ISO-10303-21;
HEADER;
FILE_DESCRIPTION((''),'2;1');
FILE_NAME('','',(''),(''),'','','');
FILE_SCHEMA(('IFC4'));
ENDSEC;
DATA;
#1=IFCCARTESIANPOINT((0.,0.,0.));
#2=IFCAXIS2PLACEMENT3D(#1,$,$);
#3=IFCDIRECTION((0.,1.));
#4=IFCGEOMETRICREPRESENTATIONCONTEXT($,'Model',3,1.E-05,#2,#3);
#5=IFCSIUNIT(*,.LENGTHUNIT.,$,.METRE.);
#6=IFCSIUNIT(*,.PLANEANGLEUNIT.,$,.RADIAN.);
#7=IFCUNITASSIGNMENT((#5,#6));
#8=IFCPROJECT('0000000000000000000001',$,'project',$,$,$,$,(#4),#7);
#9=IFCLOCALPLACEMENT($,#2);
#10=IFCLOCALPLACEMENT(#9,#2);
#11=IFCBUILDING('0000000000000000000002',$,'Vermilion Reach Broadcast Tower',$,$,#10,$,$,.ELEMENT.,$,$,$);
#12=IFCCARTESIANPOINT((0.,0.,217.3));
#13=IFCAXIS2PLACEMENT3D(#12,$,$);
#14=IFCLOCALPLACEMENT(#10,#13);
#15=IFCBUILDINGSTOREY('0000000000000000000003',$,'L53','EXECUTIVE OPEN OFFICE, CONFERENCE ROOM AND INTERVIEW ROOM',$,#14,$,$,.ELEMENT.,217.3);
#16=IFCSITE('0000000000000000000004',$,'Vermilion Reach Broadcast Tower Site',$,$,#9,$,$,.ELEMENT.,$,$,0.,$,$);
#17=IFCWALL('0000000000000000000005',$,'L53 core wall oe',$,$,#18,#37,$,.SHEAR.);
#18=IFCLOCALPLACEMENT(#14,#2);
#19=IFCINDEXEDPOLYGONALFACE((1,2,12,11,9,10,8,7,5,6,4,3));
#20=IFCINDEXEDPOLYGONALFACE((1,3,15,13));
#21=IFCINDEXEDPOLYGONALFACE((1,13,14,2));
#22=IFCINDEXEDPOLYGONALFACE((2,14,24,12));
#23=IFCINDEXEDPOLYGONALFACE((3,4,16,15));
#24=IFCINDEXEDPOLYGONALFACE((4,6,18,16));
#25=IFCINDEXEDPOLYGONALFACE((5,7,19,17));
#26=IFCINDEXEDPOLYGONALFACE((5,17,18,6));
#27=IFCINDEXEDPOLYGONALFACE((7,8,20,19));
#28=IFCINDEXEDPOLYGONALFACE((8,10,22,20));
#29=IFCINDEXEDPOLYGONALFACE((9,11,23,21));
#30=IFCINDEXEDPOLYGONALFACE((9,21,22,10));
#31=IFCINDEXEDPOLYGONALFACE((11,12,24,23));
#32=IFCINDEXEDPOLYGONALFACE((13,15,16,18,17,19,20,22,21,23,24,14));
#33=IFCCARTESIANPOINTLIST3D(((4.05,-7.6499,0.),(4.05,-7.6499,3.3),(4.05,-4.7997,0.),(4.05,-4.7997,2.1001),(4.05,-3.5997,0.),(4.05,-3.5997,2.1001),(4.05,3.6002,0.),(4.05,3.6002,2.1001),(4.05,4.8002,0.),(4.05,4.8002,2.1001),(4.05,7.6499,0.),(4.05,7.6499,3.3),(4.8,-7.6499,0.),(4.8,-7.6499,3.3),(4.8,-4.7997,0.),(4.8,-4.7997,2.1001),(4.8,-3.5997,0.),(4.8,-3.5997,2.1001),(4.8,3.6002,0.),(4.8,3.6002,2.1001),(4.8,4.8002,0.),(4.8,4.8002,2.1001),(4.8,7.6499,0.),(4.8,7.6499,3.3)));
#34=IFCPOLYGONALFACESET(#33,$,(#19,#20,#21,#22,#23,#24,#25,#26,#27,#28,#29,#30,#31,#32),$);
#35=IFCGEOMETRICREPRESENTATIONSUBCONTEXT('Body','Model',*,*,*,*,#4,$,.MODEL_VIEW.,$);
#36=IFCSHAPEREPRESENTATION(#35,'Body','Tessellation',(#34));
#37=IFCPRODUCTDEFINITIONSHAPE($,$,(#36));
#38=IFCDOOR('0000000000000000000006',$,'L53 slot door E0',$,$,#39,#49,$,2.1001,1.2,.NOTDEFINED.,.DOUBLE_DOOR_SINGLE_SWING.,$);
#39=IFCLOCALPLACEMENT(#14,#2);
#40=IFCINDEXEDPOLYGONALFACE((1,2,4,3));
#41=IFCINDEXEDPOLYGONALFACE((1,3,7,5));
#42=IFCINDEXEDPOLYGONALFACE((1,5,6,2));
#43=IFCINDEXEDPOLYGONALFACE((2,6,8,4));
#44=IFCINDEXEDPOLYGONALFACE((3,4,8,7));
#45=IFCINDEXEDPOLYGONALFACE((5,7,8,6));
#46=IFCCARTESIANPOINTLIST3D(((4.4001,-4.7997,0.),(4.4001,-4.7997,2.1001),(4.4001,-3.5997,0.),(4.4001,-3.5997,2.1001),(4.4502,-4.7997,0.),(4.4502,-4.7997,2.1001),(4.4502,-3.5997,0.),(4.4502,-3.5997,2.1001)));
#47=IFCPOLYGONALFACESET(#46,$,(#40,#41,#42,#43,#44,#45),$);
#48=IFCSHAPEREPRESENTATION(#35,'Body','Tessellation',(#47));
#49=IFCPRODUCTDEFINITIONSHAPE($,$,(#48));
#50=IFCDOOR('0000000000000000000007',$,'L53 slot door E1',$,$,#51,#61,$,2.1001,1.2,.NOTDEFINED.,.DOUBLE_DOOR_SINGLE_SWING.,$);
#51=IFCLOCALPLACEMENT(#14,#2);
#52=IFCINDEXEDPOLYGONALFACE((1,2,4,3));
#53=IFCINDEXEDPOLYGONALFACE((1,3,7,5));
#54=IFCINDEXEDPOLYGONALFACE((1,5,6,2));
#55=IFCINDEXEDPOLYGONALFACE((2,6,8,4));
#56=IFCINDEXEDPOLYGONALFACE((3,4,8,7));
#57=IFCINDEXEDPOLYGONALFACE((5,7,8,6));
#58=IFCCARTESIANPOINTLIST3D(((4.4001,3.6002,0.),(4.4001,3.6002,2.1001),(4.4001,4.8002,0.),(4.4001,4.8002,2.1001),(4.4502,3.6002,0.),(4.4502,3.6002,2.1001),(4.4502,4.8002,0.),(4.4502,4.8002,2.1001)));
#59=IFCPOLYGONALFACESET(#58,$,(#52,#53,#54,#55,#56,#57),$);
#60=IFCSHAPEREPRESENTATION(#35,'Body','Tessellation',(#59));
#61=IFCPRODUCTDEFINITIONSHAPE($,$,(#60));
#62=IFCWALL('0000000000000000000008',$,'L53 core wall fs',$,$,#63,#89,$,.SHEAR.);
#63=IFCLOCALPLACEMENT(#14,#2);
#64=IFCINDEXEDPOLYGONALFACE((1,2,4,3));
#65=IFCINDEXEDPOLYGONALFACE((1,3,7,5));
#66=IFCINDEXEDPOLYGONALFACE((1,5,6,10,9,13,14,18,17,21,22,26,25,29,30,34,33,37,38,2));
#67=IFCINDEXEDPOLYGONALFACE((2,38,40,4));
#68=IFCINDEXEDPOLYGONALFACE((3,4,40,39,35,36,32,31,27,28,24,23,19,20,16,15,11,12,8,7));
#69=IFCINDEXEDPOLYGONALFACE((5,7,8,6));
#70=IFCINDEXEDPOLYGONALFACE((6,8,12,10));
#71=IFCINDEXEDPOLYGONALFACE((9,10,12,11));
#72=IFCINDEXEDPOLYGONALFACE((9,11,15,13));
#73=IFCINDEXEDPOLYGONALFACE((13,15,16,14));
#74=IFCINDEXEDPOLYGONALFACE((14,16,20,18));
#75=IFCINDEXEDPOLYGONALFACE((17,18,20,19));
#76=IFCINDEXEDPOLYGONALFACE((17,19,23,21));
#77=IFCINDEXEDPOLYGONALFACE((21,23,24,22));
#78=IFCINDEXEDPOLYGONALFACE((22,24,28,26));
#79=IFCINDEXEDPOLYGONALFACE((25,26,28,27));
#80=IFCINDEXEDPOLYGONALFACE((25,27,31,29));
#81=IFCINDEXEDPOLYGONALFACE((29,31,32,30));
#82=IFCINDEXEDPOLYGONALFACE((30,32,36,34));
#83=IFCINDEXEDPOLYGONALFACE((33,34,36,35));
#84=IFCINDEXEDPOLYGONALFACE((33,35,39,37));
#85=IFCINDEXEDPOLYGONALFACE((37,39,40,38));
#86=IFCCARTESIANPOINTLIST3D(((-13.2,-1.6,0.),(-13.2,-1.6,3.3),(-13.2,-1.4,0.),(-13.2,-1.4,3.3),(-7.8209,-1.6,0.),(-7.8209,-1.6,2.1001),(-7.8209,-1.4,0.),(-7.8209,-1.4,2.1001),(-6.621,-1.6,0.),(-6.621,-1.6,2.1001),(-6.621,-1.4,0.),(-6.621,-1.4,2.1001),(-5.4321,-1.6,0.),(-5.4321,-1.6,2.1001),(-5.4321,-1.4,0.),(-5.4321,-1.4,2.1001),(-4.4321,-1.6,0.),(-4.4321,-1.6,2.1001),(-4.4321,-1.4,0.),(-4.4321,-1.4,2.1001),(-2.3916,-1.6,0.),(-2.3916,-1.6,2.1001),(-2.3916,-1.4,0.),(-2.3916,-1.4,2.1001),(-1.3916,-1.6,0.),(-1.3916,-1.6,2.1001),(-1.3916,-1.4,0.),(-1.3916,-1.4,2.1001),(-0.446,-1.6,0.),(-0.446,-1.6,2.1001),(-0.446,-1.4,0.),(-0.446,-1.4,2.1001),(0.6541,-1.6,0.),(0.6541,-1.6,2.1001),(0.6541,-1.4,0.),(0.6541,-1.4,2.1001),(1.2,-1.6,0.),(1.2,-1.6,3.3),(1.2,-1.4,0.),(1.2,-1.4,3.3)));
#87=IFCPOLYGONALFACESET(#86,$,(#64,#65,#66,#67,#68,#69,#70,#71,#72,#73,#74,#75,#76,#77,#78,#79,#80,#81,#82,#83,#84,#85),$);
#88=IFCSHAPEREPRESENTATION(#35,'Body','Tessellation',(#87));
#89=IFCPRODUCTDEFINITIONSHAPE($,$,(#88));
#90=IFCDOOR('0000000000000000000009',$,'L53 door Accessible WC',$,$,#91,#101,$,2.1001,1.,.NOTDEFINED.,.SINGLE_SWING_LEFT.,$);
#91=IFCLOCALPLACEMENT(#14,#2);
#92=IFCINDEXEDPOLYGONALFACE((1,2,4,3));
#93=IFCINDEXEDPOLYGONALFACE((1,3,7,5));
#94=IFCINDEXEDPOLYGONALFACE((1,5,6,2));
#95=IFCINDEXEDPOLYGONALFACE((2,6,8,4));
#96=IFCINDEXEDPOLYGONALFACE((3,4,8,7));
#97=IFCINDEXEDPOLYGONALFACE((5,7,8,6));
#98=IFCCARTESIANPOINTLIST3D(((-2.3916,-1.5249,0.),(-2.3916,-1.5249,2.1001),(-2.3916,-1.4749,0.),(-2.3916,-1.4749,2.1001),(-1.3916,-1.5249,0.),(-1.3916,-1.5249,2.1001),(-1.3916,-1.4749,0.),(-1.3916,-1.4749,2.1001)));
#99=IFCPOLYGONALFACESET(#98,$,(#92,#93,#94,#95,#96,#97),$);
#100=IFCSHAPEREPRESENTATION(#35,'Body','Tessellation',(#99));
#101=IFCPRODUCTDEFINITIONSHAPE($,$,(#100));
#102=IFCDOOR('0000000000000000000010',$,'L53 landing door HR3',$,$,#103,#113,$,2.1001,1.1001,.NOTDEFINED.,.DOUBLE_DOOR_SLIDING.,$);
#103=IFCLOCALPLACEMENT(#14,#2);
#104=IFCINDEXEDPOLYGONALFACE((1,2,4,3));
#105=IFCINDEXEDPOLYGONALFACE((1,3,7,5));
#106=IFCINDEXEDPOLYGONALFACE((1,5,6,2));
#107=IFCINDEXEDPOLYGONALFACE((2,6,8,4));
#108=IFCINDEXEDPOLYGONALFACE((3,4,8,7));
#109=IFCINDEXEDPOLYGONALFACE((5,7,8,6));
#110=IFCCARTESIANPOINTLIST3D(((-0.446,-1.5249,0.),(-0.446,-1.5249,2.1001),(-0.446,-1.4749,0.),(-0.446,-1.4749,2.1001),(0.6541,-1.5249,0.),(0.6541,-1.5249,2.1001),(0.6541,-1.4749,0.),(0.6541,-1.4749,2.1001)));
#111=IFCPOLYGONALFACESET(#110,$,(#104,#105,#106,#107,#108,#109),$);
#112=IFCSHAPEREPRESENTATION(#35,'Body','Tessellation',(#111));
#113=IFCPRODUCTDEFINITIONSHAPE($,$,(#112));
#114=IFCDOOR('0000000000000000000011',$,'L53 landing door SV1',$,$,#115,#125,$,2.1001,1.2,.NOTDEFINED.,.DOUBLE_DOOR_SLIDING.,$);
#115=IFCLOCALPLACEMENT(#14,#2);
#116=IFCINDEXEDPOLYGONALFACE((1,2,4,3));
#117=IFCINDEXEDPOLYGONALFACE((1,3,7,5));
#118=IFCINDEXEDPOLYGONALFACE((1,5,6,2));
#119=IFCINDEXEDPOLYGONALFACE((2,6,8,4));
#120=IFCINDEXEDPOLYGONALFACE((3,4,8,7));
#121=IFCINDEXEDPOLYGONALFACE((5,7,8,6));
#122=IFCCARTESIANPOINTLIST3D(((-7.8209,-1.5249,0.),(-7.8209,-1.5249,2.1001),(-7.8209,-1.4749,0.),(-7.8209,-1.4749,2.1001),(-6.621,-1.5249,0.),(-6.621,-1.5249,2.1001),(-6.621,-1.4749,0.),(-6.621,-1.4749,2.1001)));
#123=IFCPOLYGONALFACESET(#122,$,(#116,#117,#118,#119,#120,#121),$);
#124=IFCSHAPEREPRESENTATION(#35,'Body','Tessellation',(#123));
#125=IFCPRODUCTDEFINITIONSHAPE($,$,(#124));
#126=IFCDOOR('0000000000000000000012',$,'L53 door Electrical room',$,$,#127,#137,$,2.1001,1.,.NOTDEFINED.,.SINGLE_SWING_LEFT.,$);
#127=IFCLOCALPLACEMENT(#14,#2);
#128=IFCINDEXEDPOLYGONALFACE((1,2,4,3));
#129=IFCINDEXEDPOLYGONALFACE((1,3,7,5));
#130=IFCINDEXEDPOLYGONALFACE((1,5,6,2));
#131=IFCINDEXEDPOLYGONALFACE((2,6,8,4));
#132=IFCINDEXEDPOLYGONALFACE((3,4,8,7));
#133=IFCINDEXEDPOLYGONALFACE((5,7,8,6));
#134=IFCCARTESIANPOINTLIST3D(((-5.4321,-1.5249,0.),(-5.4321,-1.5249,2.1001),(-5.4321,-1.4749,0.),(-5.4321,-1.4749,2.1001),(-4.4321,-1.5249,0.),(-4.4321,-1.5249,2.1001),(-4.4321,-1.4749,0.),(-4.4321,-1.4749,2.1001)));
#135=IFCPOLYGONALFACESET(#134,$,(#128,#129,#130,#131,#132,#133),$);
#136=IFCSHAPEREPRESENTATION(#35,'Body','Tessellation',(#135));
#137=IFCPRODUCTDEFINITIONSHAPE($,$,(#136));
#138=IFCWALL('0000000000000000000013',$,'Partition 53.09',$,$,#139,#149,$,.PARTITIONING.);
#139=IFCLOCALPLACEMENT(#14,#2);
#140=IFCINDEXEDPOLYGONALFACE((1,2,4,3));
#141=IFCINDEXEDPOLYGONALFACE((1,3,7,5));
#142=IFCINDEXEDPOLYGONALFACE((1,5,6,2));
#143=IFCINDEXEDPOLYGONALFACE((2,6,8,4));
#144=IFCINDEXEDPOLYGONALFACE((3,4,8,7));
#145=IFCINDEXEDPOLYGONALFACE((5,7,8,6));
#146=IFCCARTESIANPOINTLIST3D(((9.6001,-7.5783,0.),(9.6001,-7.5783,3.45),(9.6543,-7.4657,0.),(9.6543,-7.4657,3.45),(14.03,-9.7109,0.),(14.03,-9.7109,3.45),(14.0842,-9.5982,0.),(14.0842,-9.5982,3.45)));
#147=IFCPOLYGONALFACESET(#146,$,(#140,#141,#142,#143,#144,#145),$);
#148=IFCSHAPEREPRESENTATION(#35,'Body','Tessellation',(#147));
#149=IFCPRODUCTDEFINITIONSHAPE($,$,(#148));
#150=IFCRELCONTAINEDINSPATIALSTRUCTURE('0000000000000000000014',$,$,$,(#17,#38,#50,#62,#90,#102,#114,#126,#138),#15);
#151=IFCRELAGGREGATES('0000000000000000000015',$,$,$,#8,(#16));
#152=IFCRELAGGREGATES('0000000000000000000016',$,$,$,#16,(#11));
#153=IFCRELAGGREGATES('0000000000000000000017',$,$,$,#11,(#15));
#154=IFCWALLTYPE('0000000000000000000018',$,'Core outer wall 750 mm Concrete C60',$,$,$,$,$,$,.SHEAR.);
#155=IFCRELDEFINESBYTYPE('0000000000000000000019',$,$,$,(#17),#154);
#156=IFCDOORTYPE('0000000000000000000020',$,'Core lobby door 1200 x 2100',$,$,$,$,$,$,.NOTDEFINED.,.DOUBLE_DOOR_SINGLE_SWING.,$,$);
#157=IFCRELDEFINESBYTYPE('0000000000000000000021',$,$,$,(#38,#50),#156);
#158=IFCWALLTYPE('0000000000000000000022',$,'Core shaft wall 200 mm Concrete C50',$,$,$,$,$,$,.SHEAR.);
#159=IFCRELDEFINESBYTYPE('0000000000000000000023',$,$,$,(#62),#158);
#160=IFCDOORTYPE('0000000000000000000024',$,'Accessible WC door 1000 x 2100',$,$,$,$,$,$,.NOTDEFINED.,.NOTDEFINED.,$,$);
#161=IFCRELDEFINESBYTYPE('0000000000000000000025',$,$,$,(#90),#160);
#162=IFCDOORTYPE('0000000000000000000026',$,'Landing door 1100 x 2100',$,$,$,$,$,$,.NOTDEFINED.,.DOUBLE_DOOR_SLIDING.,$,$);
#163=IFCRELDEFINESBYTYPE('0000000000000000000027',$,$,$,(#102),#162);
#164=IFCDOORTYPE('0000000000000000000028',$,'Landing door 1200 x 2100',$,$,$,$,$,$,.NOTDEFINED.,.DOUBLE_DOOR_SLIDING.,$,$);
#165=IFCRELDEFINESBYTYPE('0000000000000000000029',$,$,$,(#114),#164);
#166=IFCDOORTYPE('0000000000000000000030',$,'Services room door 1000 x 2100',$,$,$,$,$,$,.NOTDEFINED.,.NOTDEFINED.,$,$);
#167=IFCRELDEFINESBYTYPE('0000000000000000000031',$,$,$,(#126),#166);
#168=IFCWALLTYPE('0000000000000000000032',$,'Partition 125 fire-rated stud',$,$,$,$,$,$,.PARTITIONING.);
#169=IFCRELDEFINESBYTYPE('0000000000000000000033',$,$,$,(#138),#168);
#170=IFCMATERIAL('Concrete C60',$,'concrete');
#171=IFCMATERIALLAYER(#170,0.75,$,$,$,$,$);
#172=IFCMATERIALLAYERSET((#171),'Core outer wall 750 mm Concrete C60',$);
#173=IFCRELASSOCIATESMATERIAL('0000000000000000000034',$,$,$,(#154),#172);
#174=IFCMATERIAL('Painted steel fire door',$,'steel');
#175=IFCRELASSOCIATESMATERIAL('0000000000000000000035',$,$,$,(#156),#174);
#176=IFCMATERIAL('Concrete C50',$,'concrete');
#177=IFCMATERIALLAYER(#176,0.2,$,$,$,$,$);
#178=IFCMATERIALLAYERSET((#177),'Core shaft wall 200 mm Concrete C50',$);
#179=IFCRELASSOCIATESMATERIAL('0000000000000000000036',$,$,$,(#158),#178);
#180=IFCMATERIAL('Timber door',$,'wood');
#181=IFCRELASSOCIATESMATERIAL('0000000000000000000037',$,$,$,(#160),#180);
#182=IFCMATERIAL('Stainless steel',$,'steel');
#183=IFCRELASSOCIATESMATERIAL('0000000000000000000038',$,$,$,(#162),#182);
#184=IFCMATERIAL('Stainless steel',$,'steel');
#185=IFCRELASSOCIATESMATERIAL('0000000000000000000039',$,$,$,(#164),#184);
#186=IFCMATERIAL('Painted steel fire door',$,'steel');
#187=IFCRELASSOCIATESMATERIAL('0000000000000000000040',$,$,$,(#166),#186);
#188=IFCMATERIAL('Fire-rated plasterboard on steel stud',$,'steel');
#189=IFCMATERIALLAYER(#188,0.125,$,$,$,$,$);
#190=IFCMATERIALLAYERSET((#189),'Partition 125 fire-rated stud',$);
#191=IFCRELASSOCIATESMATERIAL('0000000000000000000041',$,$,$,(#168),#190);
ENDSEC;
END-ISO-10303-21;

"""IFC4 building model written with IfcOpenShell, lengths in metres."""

from ifc_helpers import new_model, si_unit, direction, frame, frame_2d, origin, place, context, subcontext, project, spatial, rectangle, extrude, material, layer, layer_set, type_object, element, fill, save


model = new_model("IFC4")

# Units and contexts
model_context = context("Model", 3, precision=1e-05, world=origin(), true_north=direction((0.0, 1.0)))
body_context = subcontext(model_context, "Body", "Model", "MODEL_VIEW")
ifc_project = project(units=[si_unit("LENGTHUNIT", "METRE"), si_unit("PLANEANGLEUNIT", "RADIAN")], contexts=[model_context])

# Site, building, storey
site_placement = place(None, origin())
site = spatial("IfcSite", under=ifc_project, at=site_placement, Name="Vermilion Reach Broadcast Tower Site", CompositionType="ELEMENT", RefElevation=0.0)
building_placement = place(site_placement, origin())
building = spatial("IfcBuilding", under=site, at=building_placement, Name="Vermilion Reach Broadcast Tower", CompositionType="ELEMENT")
storey_placement = place(building_placement, frame((0.0, 0.0, 217.3)))
storey = spatial("IfcBuildingStorey", under=building, at=storey_placement, Name="L53", Description="EXECUTIVE OPEN OFFICE, CONFERENCE ROOM AND INTERVIEW ROOM", CompositionType="ELEMENT", Elevation=217.3)

# Walls, openings, doors
ifc_material_1 = material(Name="Concrete C60", Category="concrete")
ifc_layer_1 = layer(ifc_material_1, 0.75)
ifc_layer_set_1 = layer_set([ifc_layer_1], Name="Core outer wall 750 mm Concrete C60")
wall_type_1 = type_object("IfcWallType", Name="Core outer wall 750 mm Concrete C60", PredefinedType="SHEAR", material=ifc_layer_set_1)
wall_1_placement = place(storey_placement, frame((4.425, -7.6499, 0.0), z_axis=(0.0, 0.0, 1.0), x_axis=(0.0, 1.0, 0.0)))
wall_1 = element("IfcWall", 1, at=wall_1_placement, inside=storey, type_object=wall_type_1, Name="L53 core wall oe", PredefinedType="SHEAR", context=body_context, shape_type="SweptSolid", body=[
    extrude(rectangle(XDim=15.2998, YDim=0.75, at=frame_2d((7.6499, 0.0))), origin(), (0.0, 0.0, 1.0), 3.3),
])
opening_1_placement = place(wall_1_placement, frame((2.8501, 0.0, 0.0)))
opening_1 = element("IfcOpeningElement", 2, at=opening_1_placement, cuts=wall_1, PredefinedType="OPENING", context=body_context, shape_type="SweptSolid", body=[
    extrude(rectangle(XDim=1.2, YDim=2.1001, at=frame_2d((0.6001, 1.05))), frame((0.0, 0.385, 0.0), z_axis=(0.0, -1.0, 0.0), x_axis=(1.0, 0.0, 0.0)), (0.0, 0.0, 1.0), 0.77),
])
opening_2_placement = place(wall_1_placement, frame((11.25, 0.0, 0.0)))
opening_2 = element("IfcOpeningElement", 3, at=opening_2_placement, cuts=wall_1, PredefinedType="OPENING", context=body_context, shape_type="SweptSolid", body=[
    extrude(rectangle(XDim=1.2, YDim=2.1001, at=frame_2d((0.6001, 1.05))), frame((0.0, 0.385, 0.0), z_axis=(0.0, -1.0, 0.0), x_axis=(1.0, 0.0, 0.0)), (0.0, 0.0, 1.0), 0.77),
])
ifc_material_2 = material(Name="Painted steel fire door", Category="steel")
door_type_1 = type_object("IfcDoorType", Name="Core lobby door 1200 x 2100", OperationType="DOUBLE_DOOR_SINGLE_SWING", PredefinedType="NOTDEFINED", material=ifc_material_2)
door_1_placement = place(opening_1_placement, origin())
door_1 = element("IfcDoor", 4, at=door_1_placement, inside=storey, type_object=door_type_1, Name="L53 slot door E0", OperationType="DOUBLE_DOOR_SINGLE_SWING", OverallHeight=2.1001, OverallWidth=1.2, PredefinedType="NOTDEFINED", context=body_context, shape_type="SweptSolid", body=[
    extrude(rectangle(XDim=1.2, YDim=2.1001, at=frame_2d((0.6001, 1.05))), frame((0.0, 0.0249, 0.0), z_axis=(0.0, -1.0, 0.0), x_axis=(1.0, 0.0, 0.0)), (0.0, 0.0, 1.0), 0.05),
])
fill(opening_1, door_1)
door_2_placement = place(opening_2_placement, origin())
door_2 = element("IfcDoor", 5, at=door_2_placement, inside=storey, type_object=door_type_1, Name="L53 slot door E1", OperationType="DOUBLE_DOOR_SINGLE_SWING", OverallHeight=2.1001, OverallWidth=1.2, PredefinedType="NOTDEFINED", context=body_context, shape_type="SweptSolid", body=[
    extrude(rectangle(XDim=1.2, YDim=2.1001, at=frame_2d((0.6001, 1.05))), frame((0.0, 0.0249, 0.0), z_axis=(0.0, -1.0, 0.0), x_axis=(1.0, 0.0, 0.0)), (0.0, 0.0, 1.0), 0.05),
])
fill(opening_2, door_2)
ifc_material_3 = material(Name="Concrete C50", Category="concrete")
ifc_layer_2 = layer(ifc_material_3, 0.2)
ifc_layer_set_2 = layer_set([ifc_layer_2], Name="Core shaft wall 200 mm Concrete C50")
wall_type_2 = type_object("IfcWallType", Name="Core shaft wall 200 mm Concrete C50", PredefinedType="SHEAR", material=ifc_layer_set_2)
wall_2_placement = place(storey_placement, frame((1.2, -1.5, 0.0), z_axis=(0.0, 0.0, 1.0), x_axis=(-1.0, 0.0, 0.0)))
wall_2 = element("IfcWall", 6, at=wall_2_placement, inside=storey, type_object=wall_type_2, Name="L53 core wall fs", PredefinedType="SHEAR", context=body_context, shape_type="SweptSolid", body=[
    extrude(rectangle(XDim=14.3999, YDim=0.2, at=frame_2d((7.2, 0.0))), origin(), (0.0, 0.0, 1.0), 3.3),
])
opening_3_placement = place(wall_2_placement, frame((7.8208, 0.0, 0.0)))
opening_3 = element("IfcOpeningElement", 7, at=opening_3_placement, cuts=wall_2, PredefinedType="OPENING", context=body_context, shape_type="SweptSolid", body=[
    extrude(rectangle(XDim=1.2, YDim=2.1001, at=frame_2d((0.6001, 1.05))), frame((0.0, 0.1099, 0.0), z_axis=(0.0, -1.0, 0.0), x_axis=(1.0, 0.0, 0.0)), (0.0, 0.0, 1.0), 0.22),
])
opening_4_placement = place(wall_2_placement, frame((0.5459, 0.0, 0.0)))
opening_4 = element("IfcOpeningElement", 8, at=opening_4_placement, cuts=wall_2, PredefinedType="OPENING", context=body_context, shape_type="SweptSolid", body=[
    extrude(rectangle(XDim=1.1001, YDim=2.1001, at=frame_2d((0.55, 1.05))), frame((0.0, 0.1099, 0.0), z_axis=(0.0, -1.0, 0.0), x_axis=(1.0, 0.0, 0.0)), (0.0, 0.0, 1.0), 0.22),
])
opening_5_placement = place(wall_2_placement, frame((5.6321, 0.0, 0.0)))
opening_5 = element("IfcOpeningElement", 9, at=opening_5_placement, cuts=wall_2, PredefinedType="OPENING", context=body_context, shape_type="SweptSolid", body=[
    extrude(rectangle(XDim=1.0, YDim=2.1001, at=frame_2d((0.5, 1.05))), frame((0.0, 0.1099, 0.0), z_axis=(0.0, -1.0, 0.0), x_axis=(1.0, 0.0, 0.0)), (0.0, 0.0, 1.0), 0.22),
])
opening_6_placement = place(wall_2_placement, frame((2.5916, 0.0, 0.0)))
opening_6 = element("IfcOpeningElement", 10, at=opening_6_placement, cuts=wall_2, PredefinedType="OPENING", context=body_context, shape_type="SweptSolid", body=[
    extrude(rectangle(XDim=1.0, YDim=2.1001, at=frame_2d((0.5, 1.05))), frame((0.0, 0.1099, 0.0), z_axis=(0.0, -1.0, 0.0), x_axis=(1.0, 0.0, 0.0)), (0.0, 0.0, 1.0), 0.22),
])
ifc_material_4 = material(Name="Timber door", Category="wood")
door_type_2 = type_object("IfcDoorType", Name="Accessible WC door 1000 x 2100", OperationType="NOTDEFINED", PredefinedType="NOTDEFINED", material=ifc_material_4)
door_3_placement = place(opening_6_placement, origin())
door_3 = element("IfcDoor", 11, at=door_3_placement, inside=storey, type_object=door_type_2, Name="L53 door Accessible WC", OperationType="SINGLE_SWING_LEFT", OverallHeight=2.1001, OverallWidth=1.0, PredefinedType="NOTDEFINED", context=body_context, shape_type="SweptSolid", body=[
    extrude(rectangle(XDim=1.0, YDim=2.1001, at=frame_2d((0.5, 1.05))), frame((0.0, 0.0249, 0.0), z_axis=(0.0, -1.0, 0.0), x_axis=(1.0, 0.0, 0.0)), (0.0, 0.0, 1.0), 0.05),
])
fill(opening_6, door_3)
ifc_material_5 = material(Name="Stainless steel", Category="steel")
door_type_3 = type_object("IfcDoorType", Name="Landing door 1100 x 2100", OperationType="DOUBLE_DOOR_SLIDING", PredefinedType="NOTDEFINED", material=ifc_material_5)
door_4_placement = place(opening_4_placement, origin())
door_4 = element("IfcDoor", 12, at=door_4_placement, inside=storey, type_object=door_type_3, Name="L53 landing door HR3", OperationType="DOUBLE_DOOR_SLIDING", OverallHeight=2.1001, OverallWidth=1.1001, PredefinedType="NOTDEFINED", context=body_context, shape_type="SweptSolid", body=[
    extrude(rectangle(XDim=1.1001, YDim=2.1001, at=frame_2d((0.55, 1.05))), frame((0.0, 0.0249, 0.0), z_axis=(0.0, -1.0, 0.0), x_axis=(1.0, 0.0, 0.0)), (0.0, 0.0, 1.0), 0.05),
])
fill(opening_4, door_4)
ifc_material_6 = material(Name="Stainless steel", Category="steel")
door_type_4 = type_object("IfcDoorType", Name="Landing door 1200 x 2100", OperationType="DOUBLE_DOOR_SLIDING", PredefinedType="NOTDEFINED", material=ifc_material_6)
door_5_placement = place(opening_3_placement, origin())
door_5 = element("IfcDoor", 13, at=door_5_placement, inside=storey, type_object=door_type_4, Name="L53 landing door SV1", OperationType="DOUBLE_DOOR_SLIDING", OverallHeight=2.1001, OverallWidth=1.2, PredefinedType="NOTDEFINED", context=body_context, shape_type="SweptSolid", body=[
    extrude(rectangle(XDim=1.2, YDim=2.1001, at=frame_2d((0.6001, 1.05))), frame((0.0, 0.0249, 0.0), z_axis=(0.0, -1.0, 0.0), x_axis=(1.0, 0.0, 0.0)), (0.0, 0.0, 1.0), 0.05),
])
fill(opening_3, door_5)
ifc_material_7 = material(Name="Painted steel fire door", Category="steel")
door_type_5 = type_object("IfcDoorType", Name="Services room door 1000 x 2100", OperationType="NOTDEFINED", PredefinedType="NOTDEFINED", material=ifc_material_7)
door_6_placement = place(opening_5_placement, origin())
door_6 = element("IfcDoor", 14, at=door_6_placement, inside=storey, type_object=door_type_5, Name="L53 door Electrical room", OperationType="SINGLE_SWING_LEFT", OverallHeight=2.1001, OverallWidth=1.0, PredefinedType="NOTDEFINED", context=body_context, shape_type="SweptSolid", body=[
    extrude(rectangle(XDim=1.0, YDim=2.1001, at=frame_2d((0.5, 1.05))), frame((0.0, 0.0249, 0.0), z_axis=(0.0, -1.0, 0.0), x_axis=(1.0, 0.0, 0.0)), (0.0, 0.0, 1.0), 0.05),
])
fill(opening_5, door_6)

# Wall
ifc_material_8 = material(Name="Fire-rated plasterboard on steel stud", Category="steel")
ifc_layer_3 = layer(ifc_material_8, 0.125)
ifc_layer_set_3 = layer_set([ifc_layer_3], Name="Partition 125 fire-rated stud")
wall_type_3 = type_object("IfcWallType", Name="Partition 125 fire-rated stud", PredefinedType="PARTITIONING", material=ifc_layer_set_3)
wall_3_placement = place(storey_placement, frame((14.0571, -9.6545, 0.0), z_axis=(0.0, 0.0, 1.0), x_axis=(-0.90103, 0.433756, 0.0)))
element("IfcWall", 15, at=wall_3_placement, inside=storey, type_object=wall_type_3, Name="Partition 53.09", PredefinedType="PARTITIONING", context=body_context, shape_type="SweptSolid", body=[
    extrude(rectangle(XDim=4.9165, YDim=0.125, at=frame_2d((2.4583, 0.0))), origin(), (0.0, 0.0, 1.0), 3.45),
])

save(model, "model.ifc")
